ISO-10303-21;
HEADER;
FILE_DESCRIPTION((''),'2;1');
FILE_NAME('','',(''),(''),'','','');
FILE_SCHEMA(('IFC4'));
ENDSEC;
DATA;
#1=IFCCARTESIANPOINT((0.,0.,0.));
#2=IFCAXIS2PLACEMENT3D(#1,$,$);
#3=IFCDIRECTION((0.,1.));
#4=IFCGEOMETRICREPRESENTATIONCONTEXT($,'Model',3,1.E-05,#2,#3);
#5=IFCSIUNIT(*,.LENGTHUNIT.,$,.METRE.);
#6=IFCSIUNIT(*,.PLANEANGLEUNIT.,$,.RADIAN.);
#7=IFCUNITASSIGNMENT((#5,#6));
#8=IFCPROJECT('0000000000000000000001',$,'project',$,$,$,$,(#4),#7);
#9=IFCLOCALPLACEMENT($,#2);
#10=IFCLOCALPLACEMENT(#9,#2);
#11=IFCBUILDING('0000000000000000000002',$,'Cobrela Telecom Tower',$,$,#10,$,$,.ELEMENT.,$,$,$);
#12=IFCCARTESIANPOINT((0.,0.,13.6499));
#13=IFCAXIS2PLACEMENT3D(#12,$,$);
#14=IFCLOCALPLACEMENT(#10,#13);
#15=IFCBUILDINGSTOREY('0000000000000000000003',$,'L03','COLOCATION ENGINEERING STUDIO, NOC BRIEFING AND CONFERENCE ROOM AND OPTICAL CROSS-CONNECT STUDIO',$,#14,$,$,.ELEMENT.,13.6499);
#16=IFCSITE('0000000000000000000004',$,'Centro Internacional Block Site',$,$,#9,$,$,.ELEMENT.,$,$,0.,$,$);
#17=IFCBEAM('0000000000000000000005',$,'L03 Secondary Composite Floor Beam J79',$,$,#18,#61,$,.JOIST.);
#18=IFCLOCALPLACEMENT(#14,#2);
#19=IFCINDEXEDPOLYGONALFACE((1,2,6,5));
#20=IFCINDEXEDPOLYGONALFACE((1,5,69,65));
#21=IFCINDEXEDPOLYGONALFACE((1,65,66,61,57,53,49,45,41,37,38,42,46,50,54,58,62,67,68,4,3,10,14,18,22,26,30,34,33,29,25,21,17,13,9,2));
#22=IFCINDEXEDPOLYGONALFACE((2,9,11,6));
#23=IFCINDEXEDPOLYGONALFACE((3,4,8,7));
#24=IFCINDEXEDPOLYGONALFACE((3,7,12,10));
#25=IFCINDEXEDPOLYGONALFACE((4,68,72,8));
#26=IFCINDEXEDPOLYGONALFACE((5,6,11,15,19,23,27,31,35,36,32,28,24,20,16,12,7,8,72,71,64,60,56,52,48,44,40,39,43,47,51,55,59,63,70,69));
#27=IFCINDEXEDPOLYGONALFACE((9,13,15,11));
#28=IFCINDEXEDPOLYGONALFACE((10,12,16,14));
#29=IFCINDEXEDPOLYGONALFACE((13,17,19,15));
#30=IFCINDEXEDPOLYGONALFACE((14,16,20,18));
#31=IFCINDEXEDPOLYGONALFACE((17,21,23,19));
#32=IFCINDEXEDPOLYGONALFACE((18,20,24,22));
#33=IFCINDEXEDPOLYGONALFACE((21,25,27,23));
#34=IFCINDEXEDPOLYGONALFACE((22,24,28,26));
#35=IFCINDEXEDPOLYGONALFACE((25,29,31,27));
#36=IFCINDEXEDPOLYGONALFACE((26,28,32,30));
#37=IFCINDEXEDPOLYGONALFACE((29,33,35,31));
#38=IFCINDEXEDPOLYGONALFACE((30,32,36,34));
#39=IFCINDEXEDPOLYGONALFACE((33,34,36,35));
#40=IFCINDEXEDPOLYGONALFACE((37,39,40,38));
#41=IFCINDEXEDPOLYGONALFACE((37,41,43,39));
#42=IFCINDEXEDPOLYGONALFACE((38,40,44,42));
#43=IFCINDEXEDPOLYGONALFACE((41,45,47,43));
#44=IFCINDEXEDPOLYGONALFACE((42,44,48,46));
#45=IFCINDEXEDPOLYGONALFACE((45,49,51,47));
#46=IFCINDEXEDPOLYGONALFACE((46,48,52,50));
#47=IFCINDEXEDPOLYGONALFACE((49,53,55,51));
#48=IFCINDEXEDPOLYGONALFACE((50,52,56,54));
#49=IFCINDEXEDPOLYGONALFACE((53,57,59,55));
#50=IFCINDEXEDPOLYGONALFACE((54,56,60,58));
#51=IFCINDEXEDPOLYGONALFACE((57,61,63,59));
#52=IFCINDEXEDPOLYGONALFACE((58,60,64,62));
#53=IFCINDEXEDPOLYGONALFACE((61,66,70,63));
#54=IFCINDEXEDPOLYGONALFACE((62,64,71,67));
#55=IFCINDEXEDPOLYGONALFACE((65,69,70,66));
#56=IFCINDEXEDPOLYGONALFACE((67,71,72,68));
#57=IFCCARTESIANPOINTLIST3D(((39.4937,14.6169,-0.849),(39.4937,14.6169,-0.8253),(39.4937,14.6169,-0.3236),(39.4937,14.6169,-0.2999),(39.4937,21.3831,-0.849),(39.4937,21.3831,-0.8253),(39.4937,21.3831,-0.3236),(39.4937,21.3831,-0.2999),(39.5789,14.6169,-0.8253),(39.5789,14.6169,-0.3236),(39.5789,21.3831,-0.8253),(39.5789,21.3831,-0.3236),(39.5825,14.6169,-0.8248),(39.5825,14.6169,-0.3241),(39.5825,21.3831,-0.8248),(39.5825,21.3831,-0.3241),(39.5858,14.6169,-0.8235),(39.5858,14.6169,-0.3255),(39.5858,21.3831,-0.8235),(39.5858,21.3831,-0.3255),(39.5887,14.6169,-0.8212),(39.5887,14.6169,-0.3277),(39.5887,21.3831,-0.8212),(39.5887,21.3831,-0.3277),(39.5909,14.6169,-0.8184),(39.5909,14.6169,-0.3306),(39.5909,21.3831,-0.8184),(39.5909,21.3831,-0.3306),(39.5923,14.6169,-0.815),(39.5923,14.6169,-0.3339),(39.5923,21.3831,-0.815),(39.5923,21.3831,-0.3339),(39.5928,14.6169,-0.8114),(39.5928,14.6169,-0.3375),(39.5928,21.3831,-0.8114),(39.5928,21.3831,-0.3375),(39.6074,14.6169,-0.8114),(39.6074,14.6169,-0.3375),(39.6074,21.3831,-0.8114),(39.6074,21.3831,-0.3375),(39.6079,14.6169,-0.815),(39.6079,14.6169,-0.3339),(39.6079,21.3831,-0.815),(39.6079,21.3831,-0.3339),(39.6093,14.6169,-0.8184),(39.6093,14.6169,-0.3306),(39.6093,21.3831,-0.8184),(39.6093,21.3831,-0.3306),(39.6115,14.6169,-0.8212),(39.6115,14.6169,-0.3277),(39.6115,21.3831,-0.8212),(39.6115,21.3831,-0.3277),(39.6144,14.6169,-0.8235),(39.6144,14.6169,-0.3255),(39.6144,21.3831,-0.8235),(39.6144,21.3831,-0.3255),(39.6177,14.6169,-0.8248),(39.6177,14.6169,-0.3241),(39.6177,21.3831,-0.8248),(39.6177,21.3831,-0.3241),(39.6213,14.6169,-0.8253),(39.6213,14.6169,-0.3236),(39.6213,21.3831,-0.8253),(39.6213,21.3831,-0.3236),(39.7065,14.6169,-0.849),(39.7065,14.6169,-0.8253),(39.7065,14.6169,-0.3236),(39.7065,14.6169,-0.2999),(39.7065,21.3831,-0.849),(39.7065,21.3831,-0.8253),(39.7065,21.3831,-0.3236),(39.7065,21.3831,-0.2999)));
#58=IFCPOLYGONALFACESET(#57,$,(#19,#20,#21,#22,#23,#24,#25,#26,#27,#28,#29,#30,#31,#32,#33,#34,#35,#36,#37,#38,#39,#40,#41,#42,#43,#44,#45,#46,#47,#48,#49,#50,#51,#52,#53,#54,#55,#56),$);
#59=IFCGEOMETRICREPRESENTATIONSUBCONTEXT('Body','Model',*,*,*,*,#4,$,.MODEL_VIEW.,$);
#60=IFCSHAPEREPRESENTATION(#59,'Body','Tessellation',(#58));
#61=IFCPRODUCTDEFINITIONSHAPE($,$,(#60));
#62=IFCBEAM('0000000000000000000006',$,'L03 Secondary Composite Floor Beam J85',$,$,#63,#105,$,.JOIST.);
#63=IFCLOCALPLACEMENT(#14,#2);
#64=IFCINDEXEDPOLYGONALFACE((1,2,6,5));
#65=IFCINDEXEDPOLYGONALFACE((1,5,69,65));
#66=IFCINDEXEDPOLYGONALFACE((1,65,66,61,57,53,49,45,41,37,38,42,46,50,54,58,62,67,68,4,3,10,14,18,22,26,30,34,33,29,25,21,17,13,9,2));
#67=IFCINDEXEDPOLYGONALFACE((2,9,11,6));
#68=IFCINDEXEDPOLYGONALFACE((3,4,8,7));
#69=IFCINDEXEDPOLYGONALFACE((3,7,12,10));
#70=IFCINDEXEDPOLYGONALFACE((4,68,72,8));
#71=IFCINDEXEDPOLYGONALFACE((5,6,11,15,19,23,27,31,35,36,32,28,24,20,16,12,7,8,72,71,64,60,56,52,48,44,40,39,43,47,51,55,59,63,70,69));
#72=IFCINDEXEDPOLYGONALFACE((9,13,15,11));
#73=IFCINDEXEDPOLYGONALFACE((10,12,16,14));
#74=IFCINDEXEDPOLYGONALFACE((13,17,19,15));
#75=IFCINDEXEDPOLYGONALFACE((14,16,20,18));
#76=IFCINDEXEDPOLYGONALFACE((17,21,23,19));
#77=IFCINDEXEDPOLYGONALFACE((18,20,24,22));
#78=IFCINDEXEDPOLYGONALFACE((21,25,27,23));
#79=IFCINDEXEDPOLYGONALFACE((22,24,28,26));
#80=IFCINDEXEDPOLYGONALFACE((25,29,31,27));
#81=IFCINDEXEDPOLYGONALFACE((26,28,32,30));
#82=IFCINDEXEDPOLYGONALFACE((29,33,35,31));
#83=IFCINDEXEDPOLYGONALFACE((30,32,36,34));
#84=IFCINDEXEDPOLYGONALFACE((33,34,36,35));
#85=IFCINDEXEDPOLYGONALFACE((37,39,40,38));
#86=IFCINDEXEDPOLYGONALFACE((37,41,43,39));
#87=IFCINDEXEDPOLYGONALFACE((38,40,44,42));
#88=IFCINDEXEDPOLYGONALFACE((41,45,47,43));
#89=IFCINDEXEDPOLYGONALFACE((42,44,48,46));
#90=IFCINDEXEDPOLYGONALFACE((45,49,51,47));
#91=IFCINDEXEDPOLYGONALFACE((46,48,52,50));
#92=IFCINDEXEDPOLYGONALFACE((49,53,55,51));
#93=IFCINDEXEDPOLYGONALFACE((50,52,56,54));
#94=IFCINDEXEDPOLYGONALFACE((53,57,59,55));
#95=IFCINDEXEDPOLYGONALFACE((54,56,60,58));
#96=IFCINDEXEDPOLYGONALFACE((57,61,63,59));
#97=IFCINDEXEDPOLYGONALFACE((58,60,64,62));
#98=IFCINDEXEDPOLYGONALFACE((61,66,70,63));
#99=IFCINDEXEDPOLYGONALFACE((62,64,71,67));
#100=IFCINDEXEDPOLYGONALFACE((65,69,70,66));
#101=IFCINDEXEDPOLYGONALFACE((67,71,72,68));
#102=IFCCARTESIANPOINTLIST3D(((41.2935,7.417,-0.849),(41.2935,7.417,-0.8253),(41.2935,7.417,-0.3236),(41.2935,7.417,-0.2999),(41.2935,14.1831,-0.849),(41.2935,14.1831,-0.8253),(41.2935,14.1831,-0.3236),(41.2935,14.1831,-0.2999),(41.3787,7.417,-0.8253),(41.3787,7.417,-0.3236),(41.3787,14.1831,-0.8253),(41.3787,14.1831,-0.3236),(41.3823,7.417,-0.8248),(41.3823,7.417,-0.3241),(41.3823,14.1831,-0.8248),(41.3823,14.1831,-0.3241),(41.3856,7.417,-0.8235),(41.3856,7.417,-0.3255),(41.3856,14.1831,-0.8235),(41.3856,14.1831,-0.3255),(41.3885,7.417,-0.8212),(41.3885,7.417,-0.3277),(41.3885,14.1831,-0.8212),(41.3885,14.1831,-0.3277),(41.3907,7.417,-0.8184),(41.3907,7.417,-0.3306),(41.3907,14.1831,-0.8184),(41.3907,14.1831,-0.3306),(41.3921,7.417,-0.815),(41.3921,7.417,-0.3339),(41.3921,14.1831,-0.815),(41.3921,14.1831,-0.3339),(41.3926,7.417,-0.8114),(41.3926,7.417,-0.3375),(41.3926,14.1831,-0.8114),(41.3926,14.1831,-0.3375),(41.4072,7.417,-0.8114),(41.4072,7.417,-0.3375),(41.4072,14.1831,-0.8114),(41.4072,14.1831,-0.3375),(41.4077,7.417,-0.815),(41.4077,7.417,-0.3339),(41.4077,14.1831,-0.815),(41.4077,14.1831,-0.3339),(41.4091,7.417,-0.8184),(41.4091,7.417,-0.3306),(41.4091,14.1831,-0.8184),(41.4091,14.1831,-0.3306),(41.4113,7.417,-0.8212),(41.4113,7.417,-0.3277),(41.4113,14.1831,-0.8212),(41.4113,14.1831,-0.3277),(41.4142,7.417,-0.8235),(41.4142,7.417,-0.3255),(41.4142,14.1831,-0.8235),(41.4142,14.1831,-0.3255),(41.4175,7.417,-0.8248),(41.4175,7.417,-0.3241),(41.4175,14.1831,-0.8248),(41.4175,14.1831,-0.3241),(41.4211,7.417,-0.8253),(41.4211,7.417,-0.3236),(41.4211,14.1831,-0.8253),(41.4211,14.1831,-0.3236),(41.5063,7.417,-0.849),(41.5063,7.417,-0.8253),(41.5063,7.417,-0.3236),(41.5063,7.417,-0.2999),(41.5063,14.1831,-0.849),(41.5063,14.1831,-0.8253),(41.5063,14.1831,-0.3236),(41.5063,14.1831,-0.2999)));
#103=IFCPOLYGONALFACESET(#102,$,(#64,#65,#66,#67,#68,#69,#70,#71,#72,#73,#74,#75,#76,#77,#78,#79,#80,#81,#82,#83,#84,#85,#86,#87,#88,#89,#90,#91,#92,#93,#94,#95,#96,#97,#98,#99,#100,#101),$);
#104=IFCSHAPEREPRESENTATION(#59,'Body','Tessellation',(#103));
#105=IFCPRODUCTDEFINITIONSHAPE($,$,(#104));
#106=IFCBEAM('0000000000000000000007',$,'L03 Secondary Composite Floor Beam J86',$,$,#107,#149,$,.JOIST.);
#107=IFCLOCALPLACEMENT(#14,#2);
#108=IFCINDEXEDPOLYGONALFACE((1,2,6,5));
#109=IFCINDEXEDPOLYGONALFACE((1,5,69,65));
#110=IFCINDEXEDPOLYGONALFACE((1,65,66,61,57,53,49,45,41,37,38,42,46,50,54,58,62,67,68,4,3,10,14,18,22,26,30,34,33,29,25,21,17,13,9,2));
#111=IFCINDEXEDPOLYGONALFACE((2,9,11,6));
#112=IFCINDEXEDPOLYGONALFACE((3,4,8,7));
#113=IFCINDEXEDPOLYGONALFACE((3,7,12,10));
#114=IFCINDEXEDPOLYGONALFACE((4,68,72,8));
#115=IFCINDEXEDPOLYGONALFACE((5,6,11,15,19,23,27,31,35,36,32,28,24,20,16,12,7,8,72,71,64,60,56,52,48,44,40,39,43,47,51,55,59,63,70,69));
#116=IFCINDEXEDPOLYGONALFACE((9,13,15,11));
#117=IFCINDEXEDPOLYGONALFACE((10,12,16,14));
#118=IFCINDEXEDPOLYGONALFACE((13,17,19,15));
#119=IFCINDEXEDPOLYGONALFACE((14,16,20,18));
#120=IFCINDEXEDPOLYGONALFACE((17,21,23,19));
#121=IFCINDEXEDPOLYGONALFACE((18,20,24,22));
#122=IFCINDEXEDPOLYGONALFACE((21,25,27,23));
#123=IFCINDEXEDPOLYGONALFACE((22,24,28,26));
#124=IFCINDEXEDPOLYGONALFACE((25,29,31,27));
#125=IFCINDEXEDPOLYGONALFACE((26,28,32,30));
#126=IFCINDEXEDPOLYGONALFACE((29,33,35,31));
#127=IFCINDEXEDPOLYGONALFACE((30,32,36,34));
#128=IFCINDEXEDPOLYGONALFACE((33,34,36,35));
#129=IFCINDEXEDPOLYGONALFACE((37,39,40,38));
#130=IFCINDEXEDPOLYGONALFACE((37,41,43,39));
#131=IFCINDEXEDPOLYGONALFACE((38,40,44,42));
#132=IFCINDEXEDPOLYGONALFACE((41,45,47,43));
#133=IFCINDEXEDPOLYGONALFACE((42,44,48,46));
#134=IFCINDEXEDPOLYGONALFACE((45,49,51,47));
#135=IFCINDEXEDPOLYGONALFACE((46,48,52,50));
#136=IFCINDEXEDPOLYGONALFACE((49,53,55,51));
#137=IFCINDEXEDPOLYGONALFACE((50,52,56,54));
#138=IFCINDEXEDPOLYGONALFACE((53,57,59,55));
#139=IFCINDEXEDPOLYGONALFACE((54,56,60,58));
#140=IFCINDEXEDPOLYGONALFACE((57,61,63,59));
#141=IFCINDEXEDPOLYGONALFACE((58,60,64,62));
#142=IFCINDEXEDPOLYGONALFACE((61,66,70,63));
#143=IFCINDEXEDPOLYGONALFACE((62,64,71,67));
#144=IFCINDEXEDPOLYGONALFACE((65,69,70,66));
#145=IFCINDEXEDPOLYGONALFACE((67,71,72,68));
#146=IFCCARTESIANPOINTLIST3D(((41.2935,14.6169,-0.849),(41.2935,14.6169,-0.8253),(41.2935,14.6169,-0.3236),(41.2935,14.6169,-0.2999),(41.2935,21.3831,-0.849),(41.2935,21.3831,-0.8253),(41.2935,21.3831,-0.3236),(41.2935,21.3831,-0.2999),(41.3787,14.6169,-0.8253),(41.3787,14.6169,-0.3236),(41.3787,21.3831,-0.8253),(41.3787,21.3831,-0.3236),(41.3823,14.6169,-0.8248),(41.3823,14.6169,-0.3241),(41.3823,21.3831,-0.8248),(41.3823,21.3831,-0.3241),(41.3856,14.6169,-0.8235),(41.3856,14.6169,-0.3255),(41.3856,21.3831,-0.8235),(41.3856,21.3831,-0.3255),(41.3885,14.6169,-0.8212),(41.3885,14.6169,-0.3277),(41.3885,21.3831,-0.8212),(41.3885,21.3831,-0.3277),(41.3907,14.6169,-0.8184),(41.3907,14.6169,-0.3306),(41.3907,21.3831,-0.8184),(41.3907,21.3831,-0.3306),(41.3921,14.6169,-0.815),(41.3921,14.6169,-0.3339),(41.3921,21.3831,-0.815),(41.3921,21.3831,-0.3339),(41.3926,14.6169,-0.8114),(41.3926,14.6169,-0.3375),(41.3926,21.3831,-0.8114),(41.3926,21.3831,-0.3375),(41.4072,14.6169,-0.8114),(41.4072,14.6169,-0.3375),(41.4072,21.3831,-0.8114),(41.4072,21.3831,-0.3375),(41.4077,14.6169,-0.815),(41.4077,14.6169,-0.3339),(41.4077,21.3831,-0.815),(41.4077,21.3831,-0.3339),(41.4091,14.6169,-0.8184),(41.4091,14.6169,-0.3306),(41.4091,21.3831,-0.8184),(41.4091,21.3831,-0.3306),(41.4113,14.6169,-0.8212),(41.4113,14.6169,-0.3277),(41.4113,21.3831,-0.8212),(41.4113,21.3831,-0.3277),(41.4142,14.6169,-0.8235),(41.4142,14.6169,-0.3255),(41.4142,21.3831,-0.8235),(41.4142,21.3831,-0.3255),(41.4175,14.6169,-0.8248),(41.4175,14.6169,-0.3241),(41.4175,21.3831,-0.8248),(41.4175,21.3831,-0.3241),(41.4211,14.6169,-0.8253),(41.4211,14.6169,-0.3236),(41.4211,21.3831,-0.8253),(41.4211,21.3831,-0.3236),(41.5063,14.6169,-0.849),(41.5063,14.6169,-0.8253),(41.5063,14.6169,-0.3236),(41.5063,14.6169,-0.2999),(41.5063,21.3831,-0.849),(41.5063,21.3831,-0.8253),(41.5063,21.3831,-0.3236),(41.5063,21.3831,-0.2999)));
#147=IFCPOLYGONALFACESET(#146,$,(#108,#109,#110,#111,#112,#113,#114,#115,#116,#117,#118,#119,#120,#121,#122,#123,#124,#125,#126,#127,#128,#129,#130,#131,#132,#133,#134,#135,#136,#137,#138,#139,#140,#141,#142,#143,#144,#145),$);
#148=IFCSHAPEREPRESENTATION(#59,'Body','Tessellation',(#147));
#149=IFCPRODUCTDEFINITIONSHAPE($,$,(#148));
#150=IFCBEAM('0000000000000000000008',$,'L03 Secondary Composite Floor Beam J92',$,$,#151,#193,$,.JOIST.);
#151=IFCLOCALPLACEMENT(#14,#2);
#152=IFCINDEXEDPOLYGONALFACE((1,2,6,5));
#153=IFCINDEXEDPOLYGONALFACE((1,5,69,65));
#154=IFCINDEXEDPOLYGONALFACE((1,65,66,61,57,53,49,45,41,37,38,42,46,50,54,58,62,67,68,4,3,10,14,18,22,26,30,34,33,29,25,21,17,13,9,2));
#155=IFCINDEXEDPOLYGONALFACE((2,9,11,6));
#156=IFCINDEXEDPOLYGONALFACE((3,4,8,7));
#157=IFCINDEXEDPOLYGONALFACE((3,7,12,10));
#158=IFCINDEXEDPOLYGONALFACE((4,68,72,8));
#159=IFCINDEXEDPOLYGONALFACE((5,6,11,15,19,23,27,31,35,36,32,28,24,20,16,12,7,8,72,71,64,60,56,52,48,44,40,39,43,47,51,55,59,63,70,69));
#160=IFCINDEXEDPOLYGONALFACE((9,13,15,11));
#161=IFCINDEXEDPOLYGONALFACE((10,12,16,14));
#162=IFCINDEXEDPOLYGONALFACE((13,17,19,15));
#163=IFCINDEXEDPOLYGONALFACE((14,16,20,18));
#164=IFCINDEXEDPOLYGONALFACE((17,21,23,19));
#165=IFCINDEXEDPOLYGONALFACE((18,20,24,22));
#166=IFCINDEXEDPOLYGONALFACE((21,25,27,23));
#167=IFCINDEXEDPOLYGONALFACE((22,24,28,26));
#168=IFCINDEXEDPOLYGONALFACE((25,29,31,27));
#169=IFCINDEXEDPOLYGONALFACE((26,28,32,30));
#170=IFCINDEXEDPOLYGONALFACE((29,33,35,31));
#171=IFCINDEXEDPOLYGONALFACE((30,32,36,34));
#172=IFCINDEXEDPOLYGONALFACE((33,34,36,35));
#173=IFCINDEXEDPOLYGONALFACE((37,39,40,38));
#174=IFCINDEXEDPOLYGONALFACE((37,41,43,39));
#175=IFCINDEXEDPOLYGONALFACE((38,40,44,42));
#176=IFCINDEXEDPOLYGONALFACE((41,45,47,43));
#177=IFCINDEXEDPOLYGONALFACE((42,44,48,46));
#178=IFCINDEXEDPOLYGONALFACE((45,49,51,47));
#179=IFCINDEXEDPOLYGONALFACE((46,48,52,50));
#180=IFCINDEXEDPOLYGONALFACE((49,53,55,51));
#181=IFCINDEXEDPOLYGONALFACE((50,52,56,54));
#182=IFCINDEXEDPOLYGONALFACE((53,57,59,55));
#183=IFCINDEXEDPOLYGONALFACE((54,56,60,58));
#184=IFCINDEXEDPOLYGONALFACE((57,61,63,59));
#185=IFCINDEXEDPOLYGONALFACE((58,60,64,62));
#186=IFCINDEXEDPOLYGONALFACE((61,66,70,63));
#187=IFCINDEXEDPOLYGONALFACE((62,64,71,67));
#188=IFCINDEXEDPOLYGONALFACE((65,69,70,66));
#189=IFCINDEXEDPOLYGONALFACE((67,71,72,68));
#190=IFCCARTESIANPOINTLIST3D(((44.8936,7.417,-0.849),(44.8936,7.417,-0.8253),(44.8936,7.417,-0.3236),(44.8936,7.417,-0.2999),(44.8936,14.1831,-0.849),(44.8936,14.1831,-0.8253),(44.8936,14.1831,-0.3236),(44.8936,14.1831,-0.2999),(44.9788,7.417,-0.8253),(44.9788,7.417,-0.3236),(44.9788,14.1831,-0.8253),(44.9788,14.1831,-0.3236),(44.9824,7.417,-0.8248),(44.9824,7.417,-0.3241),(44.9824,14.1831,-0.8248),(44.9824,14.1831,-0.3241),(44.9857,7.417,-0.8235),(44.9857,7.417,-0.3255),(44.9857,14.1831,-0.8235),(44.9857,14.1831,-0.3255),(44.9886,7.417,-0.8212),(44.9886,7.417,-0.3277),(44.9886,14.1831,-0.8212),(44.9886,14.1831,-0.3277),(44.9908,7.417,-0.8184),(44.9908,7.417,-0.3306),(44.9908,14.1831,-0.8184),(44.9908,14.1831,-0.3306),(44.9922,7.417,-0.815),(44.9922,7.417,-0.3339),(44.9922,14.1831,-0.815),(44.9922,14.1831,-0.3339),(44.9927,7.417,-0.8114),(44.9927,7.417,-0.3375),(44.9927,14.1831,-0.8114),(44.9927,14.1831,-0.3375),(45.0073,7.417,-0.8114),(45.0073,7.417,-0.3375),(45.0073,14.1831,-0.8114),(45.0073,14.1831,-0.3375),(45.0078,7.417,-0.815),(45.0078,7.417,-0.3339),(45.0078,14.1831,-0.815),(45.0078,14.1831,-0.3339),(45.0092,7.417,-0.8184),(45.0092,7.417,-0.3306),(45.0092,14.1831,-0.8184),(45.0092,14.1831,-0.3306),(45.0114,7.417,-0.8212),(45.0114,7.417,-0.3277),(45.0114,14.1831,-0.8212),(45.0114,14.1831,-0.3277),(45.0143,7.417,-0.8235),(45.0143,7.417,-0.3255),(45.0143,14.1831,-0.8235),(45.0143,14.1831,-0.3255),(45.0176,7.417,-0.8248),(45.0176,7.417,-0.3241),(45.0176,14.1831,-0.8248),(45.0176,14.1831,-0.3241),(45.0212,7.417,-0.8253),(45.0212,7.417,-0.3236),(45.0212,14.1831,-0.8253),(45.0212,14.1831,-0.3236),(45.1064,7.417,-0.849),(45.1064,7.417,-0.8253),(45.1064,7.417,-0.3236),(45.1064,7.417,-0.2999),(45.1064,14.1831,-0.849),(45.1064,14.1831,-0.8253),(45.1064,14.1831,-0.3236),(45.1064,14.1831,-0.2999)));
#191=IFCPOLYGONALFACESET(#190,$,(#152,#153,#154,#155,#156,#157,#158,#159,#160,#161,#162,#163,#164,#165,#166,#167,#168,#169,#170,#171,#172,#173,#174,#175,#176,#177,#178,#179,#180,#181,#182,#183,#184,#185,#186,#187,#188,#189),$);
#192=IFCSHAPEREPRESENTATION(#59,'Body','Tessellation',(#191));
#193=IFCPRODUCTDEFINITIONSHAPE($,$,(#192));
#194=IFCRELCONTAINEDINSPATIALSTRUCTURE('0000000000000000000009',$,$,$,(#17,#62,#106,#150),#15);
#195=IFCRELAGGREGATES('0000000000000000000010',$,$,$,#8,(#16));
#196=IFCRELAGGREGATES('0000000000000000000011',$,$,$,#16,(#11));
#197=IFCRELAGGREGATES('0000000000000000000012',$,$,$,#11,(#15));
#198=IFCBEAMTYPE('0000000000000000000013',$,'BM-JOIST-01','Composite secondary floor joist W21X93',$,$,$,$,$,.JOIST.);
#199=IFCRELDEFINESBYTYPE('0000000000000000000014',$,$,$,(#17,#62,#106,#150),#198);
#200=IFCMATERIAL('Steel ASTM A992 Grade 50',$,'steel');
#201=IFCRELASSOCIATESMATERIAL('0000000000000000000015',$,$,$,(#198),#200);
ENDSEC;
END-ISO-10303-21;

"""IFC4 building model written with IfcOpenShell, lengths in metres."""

from ifc_helpers import new_model, si_unit, direction, frame, origin, origin_2d, place, context, subcontext, project, spatial, i_section, extrude, material, material_profile, profile_set, type_object, element, save


model = new_model("IFC4")

# Units and contexts
model_context = context("Model", 3, precision=1e-05, world=origin(), true_north=direction((0.0, 1.0)))
body_context = subcontext(model_context, "Body", "Model", "MODEL_VIEW")
ifc_project = project(units=[si_unit("LENGTHUNIT", "METRE"), si_unit("PLANEANGLEUNIT", "RADIAN")], contexts=[model_context])

# Site, building, storey
site_placement = place(None, origin())
site = spatial("IfcSite", under=ifc_project, at=site_placement, Name="Centro Internacional Block Site", CompositionType="ELEMENT", RefElevation=0.0)
building_placement = place(site_placement, origin())
building = spatial("IfcBuilding", under=site, at=building_placement, Name="Cobrela Telecom Tower", CompositionType="ELEMENT")
storey_placement = place(building_placement, frame((0.0, 0.0, 13.6499)))
storey = spatial("IfcBuildingStorey", under=building, at=storey_placement, Name="L03", Description="COLOCATION ENGINEERING STUDIO, NOC BRIEFING AND CONFERENCE ROOM AND OPTICAL CROSS-CONNECT STUDIO", CompositionType="ELEMENT", Elevation=13.6499)

# Beams
ifc_material_1 = material(Name="Steel ASTM A992 Grade 50", Category="steel")
ifc_material_profile_1 = material_profile(ifc_material_1, i_section(OverallWidth=0.2129, OverallDepth=0.5491, WebThickness=0.0146, FlangeThickness=0.0237, FilletRadius=0.0139, at=origin_2d()), Name="W21X93")
ifc_profile_set_1 = profile_set([ifc_material_profile_1], Name="Steel ASTM A992 Grade 50")
beam_type_1 = type_object("IfcBeamType", Name="BM-JOIST-01", Description="Composite secondary floor joist W21X93", PredefinedType="JOIST", material=ifc_profile_set_1)
for number, where, z_axis, x_axis, name in (
    (1, (39.6001, 14.6169, -0.5745), (0.0, 1.0, 0.0), (-1.0, 0.0, 0.0), "L03 Secondary Composite Floor Beam J79"),
    (2, (41.3999, 7.417, -0.5745), (0.0, 1.0, 0.0), (-1.0, 0.0, 0.0), "L03 Secondary Composite Floor Beam J85"),
    (3, (41.3999, 14.6169, -0.5745), (0.0, 1.0, 0.0), (-1.0, 0.0, 0.0), "L03 Secondary Composite Floor Beam J86"),
    (4, (45.0, 7.417, -0.5745), (0.0, 1.0, 0.0), (-1.0, 0.0, 0.0), "L03 Secondary Composite Floor Beam J92"),
):
    element("IfcBeam", number, at=place(storey_placement, frame(where, z_axis=z_axis, x_axis=x_axis)), inside=storey, type_object=beam_type_1, Name=name, PredefinedType="JOIST", context=body_context, shape_type="SweptSolid", body=[
        extrude(i_section(OverallWidth=0.2129, OverallDepth=0.5491, WebThickness=0.0146, FlangeThickness=0.0237, FilletRadius=0.0139, at=origin_2d()), origin(), (0.0, 0.0, 1.0), 6.7661),
    ])

save(model, "model.ifc")
